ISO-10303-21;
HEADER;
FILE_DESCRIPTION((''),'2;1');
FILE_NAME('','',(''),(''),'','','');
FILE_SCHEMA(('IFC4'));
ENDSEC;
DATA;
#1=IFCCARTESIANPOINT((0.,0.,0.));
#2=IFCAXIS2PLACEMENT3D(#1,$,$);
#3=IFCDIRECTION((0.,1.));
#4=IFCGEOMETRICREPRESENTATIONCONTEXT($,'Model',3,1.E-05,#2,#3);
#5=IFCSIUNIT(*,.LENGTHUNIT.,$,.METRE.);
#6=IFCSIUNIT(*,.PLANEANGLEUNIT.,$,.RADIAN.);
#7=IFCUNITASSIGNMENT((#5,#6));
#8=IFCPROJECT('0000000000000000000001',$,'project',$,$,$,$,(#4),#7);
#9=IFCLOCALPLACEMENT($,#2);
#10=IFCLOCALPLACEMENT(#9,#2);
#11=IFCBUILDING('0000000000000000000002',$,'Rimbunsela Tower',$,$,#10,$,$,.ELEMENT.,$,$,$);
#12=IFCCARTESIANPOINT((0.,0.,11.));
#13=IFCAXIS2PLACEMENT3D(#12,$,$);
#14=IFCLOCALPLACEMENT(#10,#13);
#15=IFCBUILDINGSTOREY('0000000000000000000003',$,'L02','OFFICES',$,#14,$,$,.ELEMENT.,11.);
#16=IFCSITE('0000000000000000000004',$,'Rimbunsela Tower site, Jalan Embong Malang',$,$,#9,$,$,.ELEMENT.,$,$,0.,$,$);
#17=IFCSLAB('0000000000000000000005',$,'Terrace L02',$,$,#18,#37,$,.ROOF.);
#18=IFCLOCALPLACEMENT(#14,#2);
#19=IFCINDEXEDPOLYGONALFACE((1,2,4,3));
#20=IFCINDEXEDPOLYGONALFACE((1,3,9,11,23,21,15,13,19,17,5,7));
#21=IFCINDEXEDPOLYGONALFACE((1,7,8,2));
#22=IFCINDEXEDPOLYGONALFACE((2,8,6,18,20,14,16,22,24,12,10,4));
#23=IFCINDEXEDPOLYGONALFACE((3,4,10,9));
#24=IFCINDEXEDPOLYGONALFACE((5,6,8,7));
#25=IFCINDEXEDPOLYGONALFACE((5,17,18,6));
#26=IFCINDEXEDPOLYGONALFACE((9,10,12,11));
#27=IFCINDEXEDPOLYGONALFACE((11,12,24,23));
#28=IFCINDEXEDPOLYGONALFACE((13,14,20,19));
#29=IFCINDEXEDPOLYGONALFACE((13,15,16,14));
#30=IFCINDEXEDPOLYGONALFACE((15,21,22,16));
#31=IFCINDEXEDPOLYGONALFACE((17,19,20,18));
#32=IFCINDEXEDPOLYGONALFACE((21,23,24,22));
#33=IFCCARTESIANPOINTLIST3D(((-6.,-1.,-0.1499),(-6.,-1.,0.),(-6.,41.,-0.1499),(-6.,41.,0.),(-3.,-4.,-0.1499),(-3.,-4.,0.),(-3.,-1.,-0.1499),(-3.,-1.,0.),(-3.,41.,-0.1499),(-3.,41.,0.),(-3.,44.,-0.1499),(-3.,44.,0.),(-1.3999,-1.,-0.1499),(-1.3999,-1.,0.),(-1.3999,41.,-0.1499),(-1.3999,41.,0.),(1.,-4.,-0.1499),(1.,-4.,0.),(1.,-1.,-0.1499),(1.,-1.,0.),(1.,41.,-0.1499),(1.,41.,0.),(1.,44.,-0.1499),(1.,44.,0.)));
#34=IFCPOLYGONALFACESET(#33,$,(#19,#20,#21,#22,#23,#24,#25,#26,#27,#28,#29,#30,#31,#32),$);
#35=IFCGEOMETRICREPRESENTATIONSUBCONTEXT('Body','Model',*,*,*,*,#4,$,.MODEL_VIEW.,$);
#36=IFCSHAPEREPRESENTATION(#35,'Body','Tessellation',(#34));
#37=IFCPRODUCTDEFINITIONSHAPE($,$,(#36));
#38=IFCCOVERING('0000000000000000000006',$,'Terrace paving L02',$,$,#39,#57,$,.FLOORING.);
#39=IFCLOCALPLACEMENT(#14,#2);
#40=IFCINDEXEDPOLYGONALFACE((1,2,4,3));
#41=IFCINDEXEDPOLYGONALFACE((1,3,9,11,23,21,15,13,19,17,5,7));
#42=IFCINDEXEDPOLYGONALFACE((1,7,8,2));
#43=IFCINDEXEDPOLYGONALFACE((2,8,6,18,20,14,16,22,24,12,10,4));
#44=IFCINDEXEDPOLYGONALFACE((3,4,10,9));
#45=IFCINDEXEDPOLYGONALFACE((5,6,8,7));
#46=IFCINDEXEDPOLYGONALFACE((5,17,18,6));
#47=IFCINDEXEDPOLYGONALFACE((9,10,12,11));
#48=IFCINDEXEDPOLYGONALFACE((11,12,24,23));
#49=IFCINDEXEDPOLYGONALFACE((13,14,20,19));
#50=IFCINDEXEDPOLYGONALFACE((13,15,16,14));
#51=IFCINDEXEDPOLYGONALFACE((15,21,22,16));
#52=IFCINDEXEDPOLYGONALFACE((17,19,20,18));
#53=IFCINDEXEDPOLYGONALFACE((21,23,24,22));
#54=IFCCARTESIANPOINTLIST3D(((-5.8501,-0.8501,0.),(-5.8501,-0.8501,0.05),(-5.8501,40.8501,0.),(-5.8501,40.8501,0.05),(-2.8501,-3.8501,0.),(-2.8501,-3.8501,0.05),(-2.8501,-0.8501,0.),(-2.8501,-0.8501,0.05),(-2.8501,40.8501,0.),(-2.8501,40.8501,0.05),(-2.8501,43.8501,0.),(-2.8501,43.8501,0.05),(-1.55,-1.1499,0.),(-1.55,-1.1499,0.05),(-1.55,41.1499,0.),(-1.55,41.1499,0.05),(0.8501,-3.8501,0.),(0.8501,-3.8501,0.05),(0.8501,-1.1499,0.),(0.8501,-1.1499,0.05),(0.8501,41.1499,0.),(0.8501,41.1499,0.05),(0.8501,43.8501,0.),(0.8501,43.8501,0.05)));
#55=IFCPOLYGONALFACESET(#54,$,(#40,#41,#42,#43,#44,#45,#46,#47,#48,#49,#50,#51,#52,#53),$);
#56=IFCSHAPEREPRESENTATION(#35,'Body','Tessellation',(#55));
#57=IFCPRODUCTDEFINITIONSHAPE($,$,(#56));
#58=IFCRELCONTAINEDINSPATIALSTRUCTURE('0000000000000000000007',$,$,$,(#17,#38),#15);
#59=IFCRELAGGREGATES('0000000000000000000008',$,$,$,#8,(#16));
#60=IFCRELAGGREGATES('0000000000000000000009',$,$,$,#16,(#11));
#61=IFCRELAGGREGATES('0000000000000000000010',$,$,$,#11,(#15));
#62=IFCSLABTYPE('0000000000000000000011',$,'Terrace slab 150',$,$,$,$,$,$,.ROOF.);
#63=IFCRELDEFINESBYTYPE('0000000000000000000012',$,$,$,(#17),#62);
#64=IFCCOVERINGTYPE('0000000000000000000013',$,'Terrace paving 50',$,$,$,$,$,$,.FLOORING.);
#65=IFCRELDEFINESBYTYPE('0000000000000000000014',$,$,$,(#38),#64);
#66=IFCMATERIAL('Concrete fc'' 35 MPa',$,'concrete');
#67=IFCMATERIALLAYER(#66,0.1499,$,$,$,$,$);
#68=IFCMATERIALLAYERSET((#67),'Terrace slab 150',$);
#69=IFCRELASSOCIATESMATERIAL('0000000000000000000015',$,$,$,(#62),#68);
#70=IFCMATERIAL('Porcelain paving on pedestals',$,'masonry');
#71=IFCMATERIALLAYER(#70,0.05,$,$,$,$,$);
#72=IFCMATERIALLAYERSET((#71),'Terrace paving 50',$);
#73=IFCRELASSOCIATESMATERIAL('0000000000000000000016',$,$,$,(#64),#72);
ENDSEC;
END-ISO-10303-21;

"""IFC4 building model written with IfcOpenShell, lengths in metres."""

from ifc_helpers import new_model, si_unit, direction, frame, origin, place, context, subcontext, project, spatial, polyline, outline, extrude, material, layer, layer_set, type_object, element, save


model = new_model("IFC4")

# Units and contexts
model_context = context("Model", 3, precision=1e-05, world=origin(), true_north=direction((0.0, 1.0)))
body_context = subcontext(model_context, "Body", "Model", "MODEL_VIEW")
ifc_project = project(units=[si_unit("LENGTHUNIT", "METRE"), si_unit("PLANEANGLEUNIT", "RADIAN")], contexts=[model_context])

# Site, building, storey
site_placement = place(None, origin())
site = spatial("IfcSite", under=ifc_project, at=site_placement, Name="Rimbunsela Tower site, Jalan Embong Malang", CompositionType="ELEMENT", RefElevation=0.0)
building_placement = place(site_placement, origin())
building = spatial("IfcBuilding", under=site, at=building_placement, Name="Rimbunsela Tower", CompositionType="ELEMENT")
storey_placement = place(building_placement, frame((0.0, 0.0, 11.0)))
storey = spatial("IfcBuildingStorey", under=building, at=storey_placement, Name="L02", Description="OFFICES", CompositionType="ELEMENT", Elevation=11.0)

# Slab
ifc_material_1 = material(Name="Concrete fc' 35 MPa", Category="concrete")
ifc_layer_1 = layer(ifc_material_1, 0.1499)
ifc_layer_set_1 = layer_set([ifc_layer_1], Name="Terrace slab 150")
slab_type_1 = type_object("IfcSlabType", Name="Terrace slab 150", PredefinedType="ROOF", material=ifc_layer_set_1)
slab_1_placement = place(storey_placement, frame((0.0, 0.0, -0.1499)))
element("IfcSlab", 1, at=slab_1_placement, inside=storey, type_object=slab_type_1, Name="Terrace L02", PredefinedType="ROOF", context=body_context, shape_type="SweptSolid", body=[
    extrude(outline(polyline([(-3.0, -4.0), (-3.0, -1.0), (-6.0, -1.0), (-6.0, 41.0), (-3.0, 41.0), (-3.0, 44.0), (1.0, 44.0), (1.0, 41.0), (-1.3999, 41.0), (-1.3999, -1.0), (1.0, -1.0), (1.0, -4.0), (-3.0, -4.0)])), origin(), (0.0, 0.0, 1.0), 0.1499),
])

# Covering
ifc_material_2 = material(Name="Porcelain paving on pedestals", Category="masonry")
ifc_layer_2 = layer(ifc_material_2, 0.05)
ifc_layer_set_2 = layer_set([ifc_layer_2], Name="Terrace paving 50")
covering_type = type_object("IfcCoveringType", Name="Terrace paving 50", PredefinedType="FLOORING", material=ifc_layer_set_2)
covering_placement = place(storey_placement, origin())
element("IfcCovering", 2, at=covering_placement, inside=storey, type_object=covering_type, Name="Terrace paving L02", PredefinedType="FLOORING", context=body_context, shape_type="SweptSolid", body=[
    extrude(outline(polyline([(-2.8501, -3.8501), (-2.8501, -0.8501), (-5.8501, -0.8501), (-5.8501, 40.8501), (-2.8501, 40.8501), (-2.8501, 43.8501), (0.8501, 43.8501), (0.8501, 41.1499), (-1.55, 41.1499), (-1.55, -1.1499), (0.8501, -1.1499), (0.8501, -3.8501), (-2.8501, -3.8501)])), origin(), (0.0, 0.0, 1.0), 0.05),
])

save(model, "model.ifc")
